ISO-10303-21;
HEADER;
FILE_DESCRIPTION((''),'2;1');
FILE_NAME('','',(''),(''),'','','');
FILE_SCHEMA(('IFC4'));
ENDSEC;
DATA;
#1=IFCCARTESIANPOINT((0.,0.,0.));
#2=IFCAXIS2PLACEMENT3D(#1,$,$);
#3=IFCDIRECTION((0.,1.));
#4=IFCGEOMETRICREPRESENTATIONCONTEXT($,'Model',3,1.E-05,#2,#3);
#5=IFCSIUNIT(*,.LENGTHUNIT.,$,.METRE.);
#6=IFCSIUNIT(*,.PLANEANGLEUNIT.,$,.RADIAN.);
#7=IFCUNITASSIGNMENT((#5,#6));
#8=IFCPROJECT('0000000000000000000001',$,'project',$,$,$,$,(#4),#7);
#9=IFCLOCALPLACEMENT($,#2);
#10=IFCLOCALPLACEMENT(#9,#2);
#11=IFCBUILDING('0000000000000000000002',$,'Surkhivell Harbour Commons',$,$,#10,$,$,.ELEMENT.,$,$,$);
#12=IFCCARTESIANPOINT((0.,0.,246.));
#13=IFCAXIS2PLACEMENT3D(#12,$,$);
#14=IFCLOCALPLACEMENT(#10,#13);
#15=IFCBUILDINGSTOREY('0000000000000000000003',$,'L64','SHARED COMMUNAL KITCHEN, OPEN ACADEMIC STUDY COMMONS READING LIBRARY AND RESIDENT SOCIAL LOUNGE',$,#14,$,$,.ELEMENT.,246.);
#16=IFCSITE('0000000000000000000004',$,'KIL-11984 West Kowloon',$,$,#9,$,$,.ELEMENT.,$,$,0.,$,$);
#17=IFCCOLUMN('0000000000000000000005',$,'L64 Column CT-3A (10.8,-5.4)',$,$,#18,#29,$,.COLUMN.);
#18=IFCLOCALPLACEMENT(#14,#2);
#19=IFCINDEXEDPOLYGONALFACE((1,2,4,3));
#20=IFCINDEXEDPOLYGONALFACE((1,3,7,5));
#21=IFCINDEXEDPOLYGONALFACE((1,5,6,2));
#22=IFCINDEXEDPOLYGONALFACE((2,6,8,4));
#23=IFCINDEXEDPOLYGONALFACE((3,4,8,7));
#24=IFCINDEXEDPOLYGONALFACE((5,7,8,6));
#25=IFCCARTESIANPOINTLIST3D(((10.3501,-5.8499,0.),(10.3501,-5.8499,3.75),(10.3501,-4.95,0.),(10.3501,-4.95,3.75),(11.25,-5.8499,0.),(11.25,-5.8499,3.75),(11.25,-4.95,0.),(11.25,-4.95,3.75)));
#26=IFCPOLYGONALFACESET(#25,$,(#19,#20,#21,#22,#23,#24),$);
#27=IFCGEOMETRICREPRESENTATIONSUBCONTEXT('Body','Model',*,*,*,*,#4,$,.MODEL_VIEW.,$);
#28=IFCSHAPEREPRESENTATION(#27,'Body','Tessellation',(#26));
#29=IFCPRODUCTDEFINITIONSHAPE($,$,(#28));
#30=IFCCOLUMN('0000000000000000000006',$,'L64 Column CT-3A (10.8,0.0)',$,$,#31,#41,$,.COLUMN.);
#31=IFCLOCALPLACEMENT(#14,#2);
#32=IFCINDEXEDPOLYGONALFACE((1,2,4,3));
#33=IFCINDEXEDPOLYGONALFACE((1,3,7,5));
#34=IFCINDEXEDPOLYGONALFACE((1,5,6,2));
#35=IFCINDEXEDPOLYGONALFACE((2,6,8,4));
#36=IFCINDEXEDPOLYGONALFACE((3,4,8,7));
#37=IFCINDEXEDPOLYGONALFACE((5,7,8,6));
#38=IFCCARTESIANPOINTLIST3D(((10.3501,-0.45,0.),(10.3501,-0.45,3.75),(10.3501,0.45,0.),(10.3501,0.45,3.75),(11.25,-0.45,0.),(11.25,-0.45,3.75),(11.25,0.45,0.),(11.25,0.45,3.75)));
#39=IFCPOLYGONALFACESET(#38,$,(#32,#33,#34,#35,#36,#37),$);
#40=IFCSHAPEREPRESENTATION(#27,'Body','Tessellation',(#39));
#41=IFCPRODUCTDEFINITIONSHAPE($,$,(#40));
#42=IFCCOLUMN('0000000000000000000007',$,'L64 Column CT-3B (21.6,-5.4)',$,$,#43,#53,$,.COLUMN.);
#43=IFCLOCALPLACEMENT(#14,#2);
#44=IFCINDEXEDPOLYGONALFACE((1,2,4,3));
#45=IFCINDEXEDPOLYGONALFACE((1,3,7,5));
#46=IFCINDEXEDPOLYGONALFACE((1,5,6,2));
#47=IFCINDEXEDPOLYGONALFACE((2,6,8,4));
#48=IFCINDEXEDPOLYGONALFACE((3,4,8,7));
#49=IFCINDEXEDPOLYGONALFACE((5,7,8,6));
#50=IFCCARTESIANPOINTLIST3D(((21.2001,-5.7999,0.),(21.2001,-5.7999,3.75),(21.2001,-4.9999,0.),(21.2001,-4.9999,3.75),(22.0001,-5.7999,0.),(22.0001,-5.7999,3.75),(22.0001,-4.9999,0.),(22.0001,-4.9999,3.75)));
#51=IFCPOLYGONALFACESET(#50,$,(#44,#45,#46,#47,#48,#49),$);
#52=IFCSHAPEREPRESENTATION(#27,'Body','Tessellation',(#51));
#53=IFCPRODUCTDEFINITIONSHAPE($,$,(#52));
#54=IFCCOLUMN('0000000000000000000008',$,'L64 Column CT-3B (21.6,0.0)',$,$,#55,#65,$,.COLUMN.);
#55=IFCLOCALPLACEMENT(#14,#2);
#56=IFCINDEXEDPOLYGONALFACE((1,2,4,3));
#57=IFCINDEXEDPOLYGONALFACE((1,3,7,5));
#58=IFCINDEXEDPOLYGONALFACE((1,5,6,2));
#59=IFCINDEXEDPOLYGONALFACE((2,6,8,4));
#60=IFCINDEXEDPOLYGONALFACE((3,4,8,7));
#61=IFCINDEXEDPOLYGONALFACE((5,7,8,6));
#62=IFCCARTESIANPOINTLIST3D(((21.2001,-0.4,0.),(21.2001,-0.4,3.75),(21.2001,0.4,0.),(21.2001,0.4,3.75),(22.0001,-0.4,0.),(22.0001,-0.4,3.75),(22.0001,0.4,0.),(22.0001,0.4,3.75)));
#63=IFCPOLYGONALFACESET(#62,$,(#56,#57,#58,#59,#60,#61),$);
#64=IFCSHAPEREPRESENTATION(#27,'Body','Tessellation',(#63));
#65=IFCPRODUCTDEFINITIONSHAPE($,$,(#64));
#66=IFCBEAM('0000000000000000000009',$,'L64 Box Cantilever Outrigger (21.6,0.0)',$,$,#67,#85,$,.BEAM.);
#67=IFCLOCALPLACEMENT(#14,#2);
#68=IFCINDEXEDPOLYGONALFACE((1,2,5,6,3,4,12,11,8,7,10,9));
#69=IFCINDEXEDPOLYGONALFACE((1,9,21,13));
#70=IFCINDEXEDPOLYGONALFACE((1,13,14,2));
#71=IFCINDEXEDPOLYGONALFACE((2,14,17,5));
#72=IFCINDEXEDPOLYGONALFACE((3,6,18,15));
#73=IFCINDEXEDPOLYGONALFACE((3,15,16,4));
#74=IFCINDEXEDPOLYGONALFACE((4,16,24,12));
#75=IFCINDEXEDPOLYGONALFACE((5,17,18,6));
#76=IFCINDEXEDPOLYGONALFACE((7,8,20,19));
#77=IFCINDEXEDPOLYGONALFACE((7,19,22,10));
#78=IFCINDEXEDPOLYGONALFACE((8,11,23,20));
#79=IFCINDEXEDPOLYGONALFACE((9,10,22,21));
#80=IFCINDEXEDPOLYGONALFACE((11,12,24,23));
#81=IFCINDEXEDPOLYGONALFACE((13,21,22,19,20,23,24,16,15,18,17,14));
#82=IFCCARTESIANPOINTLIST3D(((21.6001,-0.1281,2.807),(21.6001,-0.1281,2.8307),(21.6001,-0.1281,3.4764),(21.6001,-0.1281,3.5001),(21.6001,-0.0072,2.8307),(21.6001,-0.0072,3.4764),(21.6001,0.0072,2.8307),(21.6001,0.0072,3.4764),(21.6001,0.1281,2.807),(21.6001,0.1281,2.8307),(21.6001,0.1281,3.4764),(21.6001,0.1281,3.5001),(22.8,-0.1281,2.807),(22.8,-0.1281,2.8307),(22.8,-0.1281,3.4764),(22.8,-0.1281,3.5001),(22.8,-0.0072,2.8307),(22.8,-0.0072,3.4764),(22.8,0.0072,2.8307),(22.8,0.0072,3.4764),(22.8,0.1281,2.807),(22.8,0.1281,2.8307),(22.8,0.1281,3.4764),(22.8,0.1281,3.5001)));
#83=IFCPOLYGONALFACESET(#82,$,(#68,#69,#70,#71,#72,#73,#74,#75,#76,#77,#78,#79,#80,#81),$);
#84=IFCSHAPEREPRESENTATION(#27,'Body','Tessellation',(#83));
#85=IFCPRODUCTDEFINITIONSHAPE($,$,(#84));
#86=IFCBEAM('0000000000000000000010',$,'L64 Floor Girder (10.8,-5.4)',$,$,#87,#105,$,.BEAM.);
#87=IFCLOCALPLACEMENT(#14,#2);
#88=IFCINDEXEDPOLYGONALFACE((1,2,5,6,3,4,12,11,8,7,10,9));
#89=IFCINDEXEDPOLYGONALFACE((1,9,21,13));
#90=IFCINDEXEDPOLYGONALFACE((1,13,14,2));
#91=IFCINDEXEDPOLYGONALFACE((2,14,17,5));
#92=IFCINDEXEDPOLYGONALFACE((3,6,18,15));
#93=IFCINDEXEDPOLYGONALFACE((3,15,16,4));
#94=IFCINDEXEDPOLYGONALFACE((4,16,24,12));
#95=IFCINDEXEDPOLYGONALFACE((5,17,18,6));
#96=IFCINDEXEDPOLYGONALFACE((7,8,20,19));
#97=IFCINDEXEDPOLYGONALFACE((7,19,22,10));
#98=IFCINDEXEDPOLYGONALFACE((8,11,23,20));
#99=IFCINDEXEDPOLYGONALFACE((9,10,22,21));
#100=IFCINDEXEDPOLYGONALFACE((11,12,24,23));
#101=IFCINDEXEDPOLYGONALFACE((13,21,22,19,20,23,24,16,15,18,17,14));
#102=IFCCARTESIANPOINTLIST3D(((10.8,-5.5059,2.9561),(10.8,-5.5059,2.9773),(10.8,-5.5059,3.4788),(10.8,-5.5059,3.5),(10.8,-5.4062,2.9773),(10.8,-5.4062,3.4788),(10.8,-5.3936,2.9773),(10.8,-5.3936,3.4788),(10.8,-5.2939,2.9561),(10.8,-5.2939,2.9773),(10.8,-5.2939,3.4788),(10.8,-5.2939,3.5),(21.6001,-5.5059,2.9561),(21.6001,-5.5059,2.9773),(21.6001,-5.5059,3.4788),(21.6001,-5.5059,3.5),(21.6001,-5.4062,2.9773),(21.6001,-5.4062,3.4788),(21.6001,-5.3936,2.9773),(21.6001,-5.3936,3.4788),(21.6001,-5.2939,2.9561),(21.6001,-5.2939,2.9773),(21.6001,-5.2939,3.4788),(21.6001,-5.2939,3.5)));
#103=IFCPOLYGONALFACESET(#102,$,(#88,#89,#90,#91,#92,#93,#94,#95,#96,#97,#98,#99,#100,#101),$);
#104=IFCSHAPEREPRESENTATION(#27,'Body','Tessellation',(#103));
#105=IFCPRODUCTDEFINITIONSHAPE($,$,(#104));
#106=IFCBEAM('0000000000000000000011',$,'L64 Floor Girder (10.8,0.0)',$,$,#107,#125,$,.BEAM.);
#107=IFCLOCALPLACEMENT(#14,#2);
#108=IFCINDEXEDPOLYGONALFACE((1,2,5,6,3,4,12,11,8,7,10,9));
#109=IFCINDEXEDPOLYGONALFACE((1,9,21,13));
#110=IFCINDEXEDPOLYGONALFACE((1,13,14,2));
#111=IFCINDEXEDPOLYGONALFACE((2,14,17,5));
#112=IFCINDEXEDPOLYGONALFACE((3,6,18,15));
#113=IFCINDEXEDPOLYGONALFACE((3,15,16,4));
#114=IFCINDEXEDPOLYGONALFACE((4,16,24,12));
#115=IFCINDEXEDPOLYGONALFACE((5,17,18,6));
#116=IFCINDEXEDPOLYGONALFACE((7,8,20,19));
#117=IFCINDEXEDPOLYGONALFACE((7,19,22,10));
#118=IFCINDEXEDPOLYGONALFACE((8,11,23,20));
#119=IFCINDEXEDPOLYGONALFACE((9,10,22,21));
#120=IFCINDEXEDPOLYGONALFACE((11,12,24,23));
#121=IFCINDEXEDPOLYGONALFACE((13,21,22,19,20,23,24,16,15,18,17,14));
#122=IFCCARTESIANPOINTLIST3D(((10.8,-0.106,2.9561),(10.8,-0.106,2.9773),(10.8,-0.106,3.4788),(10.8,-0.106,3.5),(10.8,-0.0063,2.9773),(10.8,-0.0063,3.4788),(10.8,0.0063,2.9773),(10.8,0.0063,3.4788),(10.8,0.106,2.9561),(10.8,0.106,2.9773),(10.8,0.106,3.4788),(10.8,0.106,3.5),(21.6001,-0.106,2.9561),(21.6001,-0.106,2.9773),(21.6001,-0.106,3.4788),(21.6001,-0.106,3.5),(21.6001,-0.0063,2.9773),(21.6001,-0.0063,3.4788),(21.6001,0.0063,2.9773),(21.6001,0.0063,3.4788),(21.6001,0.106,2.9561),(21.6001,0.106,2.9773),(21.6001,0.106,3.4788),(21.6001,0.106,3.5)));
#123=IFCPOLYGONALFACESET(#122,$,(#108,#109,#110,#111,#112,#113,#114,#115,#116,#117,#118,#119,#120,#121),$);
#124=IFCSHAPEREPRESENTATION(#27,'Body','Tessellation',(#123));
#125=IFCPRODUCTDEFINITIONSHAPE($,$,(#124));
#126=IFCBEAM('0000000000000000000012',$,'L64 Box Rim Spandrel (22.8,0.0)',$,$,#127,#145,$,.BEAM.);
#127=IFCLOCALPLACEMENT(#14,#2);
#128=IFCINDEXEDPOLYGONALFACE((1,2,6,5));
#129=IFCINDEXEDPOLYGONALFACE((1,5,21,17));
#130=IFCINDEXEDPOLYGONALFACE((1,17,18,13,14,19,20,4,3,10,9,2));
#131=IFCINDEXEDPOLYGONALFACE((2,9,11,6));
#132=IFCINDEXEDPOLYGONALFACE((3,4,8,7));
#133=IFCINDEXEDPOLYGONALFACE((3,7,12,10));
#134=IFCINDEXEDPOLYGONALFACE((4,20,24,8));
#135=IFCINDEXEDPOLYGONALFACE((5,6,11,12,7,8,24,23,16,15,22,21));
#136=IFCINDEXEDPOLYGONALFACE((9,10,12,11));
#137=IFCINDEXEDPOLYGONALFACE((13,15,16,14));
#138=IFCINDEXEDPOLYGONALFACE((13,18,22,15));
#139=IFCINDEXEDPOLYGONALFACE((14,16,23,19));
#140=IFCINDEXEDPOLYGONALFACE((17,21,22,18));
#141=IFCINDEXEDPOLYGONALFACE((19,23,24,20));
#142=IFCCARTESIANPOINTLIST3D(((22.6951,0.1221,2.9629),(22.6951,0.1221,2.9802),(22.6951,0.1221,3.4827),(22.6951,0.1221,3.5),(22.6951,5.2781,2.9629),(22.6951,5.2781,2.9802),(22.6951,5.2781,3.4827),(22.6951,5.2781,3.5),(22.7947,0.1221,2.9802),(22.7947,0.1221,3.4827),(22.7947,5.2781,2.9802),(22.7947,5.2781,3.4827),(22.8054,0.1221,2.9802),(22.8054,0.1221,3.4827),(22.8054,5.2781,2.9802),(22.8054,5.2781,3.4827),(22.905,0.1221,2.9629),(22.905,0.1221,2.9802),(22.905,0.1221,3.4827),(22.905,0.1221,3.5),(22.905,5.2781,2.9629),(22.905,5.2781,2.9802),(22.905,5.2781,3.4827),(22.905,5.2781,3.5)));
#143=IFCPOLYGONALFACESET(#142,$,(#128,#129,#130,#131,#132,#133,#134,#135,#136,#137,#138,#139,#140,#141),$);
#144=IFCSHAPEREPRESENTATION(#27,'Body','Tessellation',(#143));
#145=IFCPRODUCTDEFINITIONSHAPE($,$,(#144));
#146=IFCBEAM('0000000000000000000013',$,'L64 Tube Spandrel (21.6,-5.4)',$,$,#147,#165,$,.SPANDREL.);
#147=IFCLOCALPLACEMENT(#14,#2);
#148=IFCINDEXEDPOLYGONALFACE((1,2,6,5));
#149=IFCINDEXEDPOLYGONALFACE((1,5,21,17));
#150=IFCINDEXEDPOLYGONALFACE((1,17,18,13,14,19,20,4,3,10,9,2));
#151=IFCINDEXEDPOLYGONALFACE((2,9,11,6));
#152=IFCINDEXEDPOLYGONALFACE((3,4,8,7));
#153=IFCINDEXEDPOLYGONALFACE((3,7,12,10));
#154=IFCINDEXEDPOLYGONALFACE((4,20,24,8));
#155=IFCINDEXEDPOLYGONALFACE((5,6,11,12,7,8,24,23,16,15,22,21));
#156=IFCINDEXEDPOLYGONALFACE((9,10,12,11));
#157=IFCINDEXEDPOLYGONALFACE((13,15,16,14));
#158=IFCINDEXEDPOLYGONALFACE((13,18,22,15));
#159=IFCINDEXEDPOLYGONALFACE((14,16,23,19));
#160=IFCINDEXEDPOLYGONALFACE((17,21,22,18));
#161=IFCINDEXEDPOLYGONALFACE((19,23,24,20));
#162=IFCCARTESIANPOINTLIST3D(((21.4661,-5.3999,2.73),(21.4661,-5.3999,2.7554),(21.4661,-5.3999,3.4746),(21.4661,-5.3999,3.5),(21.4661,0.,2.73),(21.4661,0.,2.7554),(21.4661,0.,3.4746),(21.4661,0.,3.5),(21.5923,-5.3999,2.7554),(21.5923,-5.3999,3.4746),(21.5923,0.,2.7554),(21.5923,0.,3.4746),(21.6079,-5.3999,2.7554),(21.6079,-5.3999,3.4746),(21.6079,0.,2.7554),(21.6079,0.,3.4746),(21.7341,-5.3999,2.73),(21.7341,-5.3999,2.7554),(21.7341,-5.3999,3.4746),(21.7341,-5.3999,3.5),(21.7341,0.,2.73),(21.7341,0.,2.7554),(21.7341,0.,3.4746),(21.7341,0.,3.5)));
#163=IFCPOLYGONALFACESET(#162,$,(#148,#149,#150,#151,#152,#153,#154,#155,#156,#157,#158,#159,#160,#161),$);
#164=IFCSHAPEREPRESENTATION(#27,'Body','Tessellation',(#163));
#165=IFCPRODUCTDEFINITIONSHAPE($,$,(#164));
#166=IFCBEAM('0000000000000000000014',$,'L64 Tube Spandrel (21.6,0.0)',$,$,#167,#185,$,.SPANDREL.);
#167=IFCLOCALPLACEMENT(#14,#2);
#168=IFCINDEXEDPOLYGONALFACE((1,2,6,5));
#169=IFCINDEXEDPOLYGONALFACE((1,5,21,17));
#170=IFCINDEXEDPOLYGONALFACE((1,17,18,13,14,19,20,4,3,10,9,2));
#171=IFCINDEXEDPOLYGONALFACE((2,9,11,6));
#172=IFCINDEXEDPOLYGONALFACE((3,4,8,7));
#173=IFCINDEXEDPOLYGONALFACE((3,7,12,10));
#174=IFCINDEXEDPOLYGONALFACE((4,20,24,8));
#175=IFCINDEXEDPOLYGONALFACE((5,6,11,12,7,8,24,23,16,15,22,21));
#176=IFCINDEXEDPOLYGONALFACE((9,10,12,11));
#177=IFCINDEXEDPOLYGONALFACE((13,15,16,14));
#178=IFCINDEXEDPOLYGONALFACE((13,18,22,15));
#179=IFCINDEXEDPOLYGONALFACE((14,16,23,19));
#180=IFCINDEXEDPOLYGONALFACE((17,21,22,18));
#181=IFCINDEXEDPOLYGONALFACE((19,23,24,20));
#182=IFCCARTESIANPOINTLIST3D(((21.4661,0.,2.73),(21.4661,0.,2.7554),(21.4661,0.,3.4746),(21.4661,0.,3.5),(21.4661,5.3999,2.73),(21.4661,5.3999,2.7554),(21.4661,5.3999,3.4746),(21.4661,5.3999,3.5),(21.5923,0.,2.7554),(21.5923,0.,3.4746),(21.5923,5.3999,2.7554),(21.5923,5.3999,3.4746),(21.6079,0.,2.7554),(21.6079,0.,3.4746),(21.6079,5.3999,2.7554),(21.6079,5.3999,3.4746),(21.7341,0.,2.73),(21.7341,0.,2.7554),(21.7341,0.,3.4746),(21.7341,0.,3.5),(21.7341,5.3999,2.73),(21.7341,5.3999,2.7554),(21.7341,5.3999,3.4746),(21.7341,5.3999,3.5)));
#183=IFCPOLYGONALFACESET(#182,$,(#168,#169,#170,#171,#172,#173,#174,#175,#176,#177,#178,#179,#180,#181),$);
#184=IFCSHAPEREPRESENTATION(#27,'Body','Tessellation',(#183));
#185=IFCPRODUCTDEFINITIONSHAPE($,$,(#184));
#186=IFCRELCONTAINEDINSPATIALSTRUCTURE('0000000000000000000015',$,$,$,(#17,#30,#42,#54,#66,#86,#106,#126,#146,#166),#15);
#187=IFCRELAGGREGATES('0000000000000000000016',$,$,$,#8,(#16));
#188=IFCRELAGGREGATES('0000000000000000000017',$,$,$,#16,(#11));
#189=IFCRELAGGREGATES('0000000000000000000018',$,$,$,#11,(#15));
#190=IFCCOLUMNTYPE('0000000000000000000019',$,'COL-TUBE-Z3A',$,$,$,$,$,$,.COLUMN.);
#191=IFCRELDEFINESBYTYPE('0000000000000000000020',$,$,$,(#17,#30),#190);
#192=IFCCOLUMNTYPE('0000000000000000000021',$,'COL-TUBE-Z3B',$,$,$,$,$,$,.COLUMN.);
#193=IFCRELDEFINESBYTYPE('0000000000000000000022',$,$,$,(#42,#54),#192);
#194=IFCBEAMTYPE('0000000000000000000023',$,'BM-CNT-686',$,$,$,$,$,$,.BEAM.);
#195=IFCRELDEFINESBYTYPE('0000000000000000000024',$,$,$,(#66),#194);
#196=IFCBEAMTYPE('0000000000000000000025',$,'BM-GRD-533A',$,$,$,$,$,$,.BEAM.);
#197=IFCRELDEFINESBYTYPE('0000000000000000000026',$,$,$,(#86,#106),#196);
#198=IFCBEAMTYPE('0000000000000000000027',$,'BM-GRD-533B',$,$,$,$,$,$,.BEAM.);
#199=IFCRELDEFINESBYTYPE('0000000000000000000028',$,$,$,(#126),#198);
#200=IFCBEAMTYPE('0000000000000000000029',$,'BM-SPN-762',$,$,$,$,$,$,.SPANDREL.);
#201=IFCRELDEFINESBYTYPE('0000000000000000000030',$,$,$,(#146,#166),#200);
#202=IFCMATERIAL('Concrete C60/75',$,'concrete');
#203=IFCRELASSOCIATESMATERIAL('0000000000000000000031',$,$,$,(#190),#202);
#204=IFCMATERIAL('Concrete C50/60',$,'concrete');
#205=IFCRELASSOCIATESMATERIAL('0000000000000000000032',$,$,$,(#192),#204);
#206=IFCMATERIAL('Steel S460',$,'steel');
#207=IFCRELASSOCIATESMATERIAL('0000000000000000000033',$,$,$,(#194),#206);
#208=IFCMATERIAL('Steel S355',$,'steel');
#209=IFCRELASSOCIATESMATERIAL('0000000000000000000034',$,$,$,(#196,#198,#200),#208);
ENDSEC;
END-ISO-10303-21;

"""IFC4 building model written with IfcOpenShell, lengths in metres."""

from ifc_helpers import new_model, si_unit, direction, frame, origin, origin_2d, place, context, subcontext, project, spatial, rectangle, i_section, extrude, material, material_profile, profile_set, type_object, element, save


model = new_model("IFC4")

# Units and contexts
model_context = context("Model", 3, precision=1e-05, world=origin(), true_north=direction((0.0, 1.0)))
body_context = subcontext(model_context, "Body", "Model", "MODEL_VIEW")
ifc_project = project(units=[si_unit("LENGTHUNIT", "METRE"), si_unit("PLANEANGLEUNIT", "RADIAN")], contexts=[model_context])

# Site, building, storey
site_placement = place(None, origin())
site = spatial("IfcSite", under=ifc_project, at=site_placement, Name="KIL-11984 West Kowloon", CompositionType="ELEMENT", RefElevation=0.0)
building_placement = place(site_placement, origin())
building = spatial("IfcBuilding", under=site, at=building_placement, Name="Surkhivell Harbour Commons", CompositionType="ELEMENT")
storey_placement = place(building_placement, frame((0.0, 0.0, 246.0)))
storey = spatial("IfcBuildingStorey", under=building, at=storey_placement, Name="L64", Description="SHARED COMMUNAL KITCHEN, OPEN ACADEMIC STUDY COMMONS READING LIBRARY AND RESIDENT SOCIAL LOUNGE", CompositionType="ELEMENT", Elevation=246.0)

# Columns
ifc_material_1 = material(Name="Concrete C60/75", Category="concrete")
ifc_material_profile_1 = material_profile(ifc_material_1, rectangle(XDim=0.8999, YDim=0.8999, at=origin_2d()), Name="RC-COL-900x900")
ifc_profile_set_1 = profile_set([ifc_material_profile_1], Name="Concrete C60/75")
column_type_1 = type_object("IfcColumnType", Name="COL-TUBE-Z3A", PredefinedType="COLUMN", material=ifc_profile_set_1)
for number, where, z_axis, x_axis, name in (
    (1, (10.8, -5.3999, 0.0), (0.0, 0.0, 1.0), (1.0, 0.0, 0.0), "L64 Column CT-3A (10.8,-5.4)"),
    (2, (10.8, 0.0, 0.0), (0.0, 0.0, 1.0), (1.0, 0.0, 0.0), "L64 Column CT-3A (10.8,0.0)"),
):
    element("IfcColumn", number, at=place(storey_placement, frame(where, z_axis=z_axis, x_axis=x_axis)), inside=storey, type_object=column_type_1, Name=name, PredefinedType="COLUMN", context=body_context, shape_type="SweptSolid", body=[
        extrude(rectangle(XDim=0.8999, YDim=0.8999, at=origin_2d()), origin(), (0.0, 0.0, 1.0), 3.75),
    ])
ifc_material_2 = material(Name="Concrete C50/60", Category="concrete")
ifc_material_profile_2 = material_profile(ifc_material_2, rectangle(XDim=0.8, YDim=0.8, at=origin_2d()), Name="RC-COL-800x800")
ifc_profile_set_2 = profile_set([ifc_material_profile_2], Name="Concrete C50/60")
column_type_2 = type_object("IfcColumnType", Name="COL-TUBE-Z3B", PredefinedType="COLUMN", material=ifc_profile_set_2)
for number, where, z_axis, x_axis, name in (
    (3, (21.6001, -5.3999, 0.0), (0.0, 0.0, 1.0), (1.0, 0.0, 0.0), "L64 Column CT-3B (21.6,-5.4)"),
    (4, (21.6001, 0.0, 0.0), (0.0, 0.0, 1.0), (1.0, 0.0, 0.0), "L64 Column CT-3B (21.6,0.0)"),
):
    element("IfcColumn", number, at=place(storey_placement, frame(where, z_axis=z_axis, x_axis=x_axis)), inside=storey, type_object=column_type_2, Name=name, PredefinedType="COLUMN", context=body_context, shape_type="SweptSolid", body=[
        extrude(rectangle(XDim=0.8, YDim=0.8, at=origin_2d()), origin(), (0.0, 0.0, 1.0), 3.75),
    ])

# Beams
ifc_material_3 = material(Name="Steel S460", Category="steel")
ifc_material_profile_3 = material_profile(ifc_material_3, i_section(OverallWidth=0.2561, OverallDepth=0.6931, WebThickness=0.0144, FlangeThickness=0.0237, at=origin_2d()), Name="UB686x254x170")
ifc_profile_set_3 = profile_set([ifc_material_profile_3], Name="Steel S460")
beam_type_1 = type_object("IfcBeamType", Name="BM-CNT-686", PredefinedType="BEAM", material=ifc_profile_set_3)
beam_1_placement = place(storey_placement, frame((21.6001, 0.0, 3.1536), z_axis=(1.0, 0.0, 0.0), x_axis=(0.0, 1.0, 0.0)))
element("IfcBeam", 5, at=beam_1_placement, inside=storey, type_object=beam_type_1, Name="L64 Box Cantilever Outrigger (21.6,0.0)", PredefinedType="BEAM", context=body_context, shape_type="SweptSolid", body=[
    extrude(i_section(OverallWidth=0.2561, OverallDepth=0.6931, WebThickness=0.0144, FlangeThickness=0.0237, at=origin_2d()), origin(), (0.0, 0.0, 1.0), 1.2),
])
ifc_material_4 = material(Name="Steel S355", Category="steel")
ifc_material_profile_4 = material_profile(ifc_material_4, i_section(OverallWidth=0.2119, OverallDepth=0.5439, WebThickness=0.0127, FlangeThickness=0.0212, at=origin_2d()), Name="UB533x210x122")
ifc_profile_set_4 = profile_set([ifc_material_profile_4], Name="Steel S355")
beam_type_2 = type_object("IfcBeamType", Name="BM-GRD-533A", PredefinedType="BEAM", material=ifc_profile_set_4)
for number, where, z_axis, x_axis, name in (
    (6, (10.8, -5.3999, 3.228), (1.0, 0.0, 0.0), (0.0, 1.0, 0.0), "L64 Floor Girder (10.8,-5.4)"),
    (7, (10.8, 0.0, 3.228), (1.0, 0.0, 0.0), (0.0, 1.0, 0.0), "L64 Floor Girder (10.8,0.0)"),
):
    element("IfcBeam", number, at=place(storey_placement, frame(where, z_axis=z_axis, x_axis=x_axis)), inside=storey, type_object=beam_type_2, Name=name, PredefinedType="BEAM", context=body_context, shape_type="SweptSolid", body=[
        extrude(i_section(OverallWidth=0.2119, OverallDepth=0.5439, WebThickness=0.0127, FlangeThickness=0.0212, at=origin_2d()), origin(), (0.0, 0.0, 1.0), 10.8),
    ])
ifc_material_profile_5 = material_profile(ifc_material_4, i_section(OverallWidth=0.21, OverallDepth=0.5371, WebThickness=0.0107, FlangeThickness=0.0173, at=origin_2d()), Name="UB533x210x101")
ifc_profile_set_5 = profile_set([ifc_material_profile_5], Name="Steel S355")
beam_type_3 = type_object("IfcBeamType", Name="BM-GRD-533B", PredefinedType="BEAM", material=ifc_profile_set_5)
beam_2_placement = place(storey_placement, frame((22.8, 0.1221, 3.2314), z_axis=(0.0, 1.0, 0.0), x_axis=(-1.0, 0.0, 0.0)))
element("IfcBeam", 8, at=beam_2_placement, inside=storey, type_object=beam_type_3, Name="L64 Box Rim Spandrel (22.8,0.0)", PredefinedType="BEAM", context=body_context, shape_type="SweptSolid", body=[
    extrude(i_section(OverallWidth=0.21, OverallDepth=0.5371, WebThickness=0.0107, FlangeThickness=0.0173, at=origin_2d()), origin(), (0.0, 0.0, 1.0), 5.156),
])
ifc_material_profile_6 = material_profile(ifc_material_4, i_section(OverallWidth=0.2681, OverallDepth=0.77, WebThickness=0.0156, FlangeThickness=0.0254, at=origin_2d()), Name="UB762x267x197")
ifc_profile_set_6 = profile_set([ifc_material_profile_6], Name="Steel S355")
beam_type_4 = type_object("IfcBeamType", Name="BM-SPN-762", PredefinedType="SPANDREL", material=ifc_profile_set_6)
for number, where, z_axis, x_axis, name in (
    (9, (21.6001, -5.3999, 3.115), (0.0, 1.0, 0.0), (-1.0, 0.0, 0.0), "L64 Tube Spandrel (21.6,-5.4)"),
    (10, (21.6001, 0.0, 3.115), (0.0, 1.0, 0.0), (-1.0, 0.0, 0.0), "L64 Tube Spandrel (21.6,0.0)"),
):
    element("IfcBeam", number, at=place(storey_placement, frame(where, z_axis=z_axis, x_axis=x_axis)), inside=storey, type_object=beam_type_4, Name=name, PredefinedType="SPANDREL", context=body_context, shape_type="SweptSolid", body=[
        extrude(i_section(OverallWidth=0.2681, OverallDepth=0.77, WebThickness=0.0156, FlangeThickness=0.0254, at=origin_2d()), origin(), (0.0, 0.0, 1.0), 5.3999),
    ])

save(model, "model.ifc")
